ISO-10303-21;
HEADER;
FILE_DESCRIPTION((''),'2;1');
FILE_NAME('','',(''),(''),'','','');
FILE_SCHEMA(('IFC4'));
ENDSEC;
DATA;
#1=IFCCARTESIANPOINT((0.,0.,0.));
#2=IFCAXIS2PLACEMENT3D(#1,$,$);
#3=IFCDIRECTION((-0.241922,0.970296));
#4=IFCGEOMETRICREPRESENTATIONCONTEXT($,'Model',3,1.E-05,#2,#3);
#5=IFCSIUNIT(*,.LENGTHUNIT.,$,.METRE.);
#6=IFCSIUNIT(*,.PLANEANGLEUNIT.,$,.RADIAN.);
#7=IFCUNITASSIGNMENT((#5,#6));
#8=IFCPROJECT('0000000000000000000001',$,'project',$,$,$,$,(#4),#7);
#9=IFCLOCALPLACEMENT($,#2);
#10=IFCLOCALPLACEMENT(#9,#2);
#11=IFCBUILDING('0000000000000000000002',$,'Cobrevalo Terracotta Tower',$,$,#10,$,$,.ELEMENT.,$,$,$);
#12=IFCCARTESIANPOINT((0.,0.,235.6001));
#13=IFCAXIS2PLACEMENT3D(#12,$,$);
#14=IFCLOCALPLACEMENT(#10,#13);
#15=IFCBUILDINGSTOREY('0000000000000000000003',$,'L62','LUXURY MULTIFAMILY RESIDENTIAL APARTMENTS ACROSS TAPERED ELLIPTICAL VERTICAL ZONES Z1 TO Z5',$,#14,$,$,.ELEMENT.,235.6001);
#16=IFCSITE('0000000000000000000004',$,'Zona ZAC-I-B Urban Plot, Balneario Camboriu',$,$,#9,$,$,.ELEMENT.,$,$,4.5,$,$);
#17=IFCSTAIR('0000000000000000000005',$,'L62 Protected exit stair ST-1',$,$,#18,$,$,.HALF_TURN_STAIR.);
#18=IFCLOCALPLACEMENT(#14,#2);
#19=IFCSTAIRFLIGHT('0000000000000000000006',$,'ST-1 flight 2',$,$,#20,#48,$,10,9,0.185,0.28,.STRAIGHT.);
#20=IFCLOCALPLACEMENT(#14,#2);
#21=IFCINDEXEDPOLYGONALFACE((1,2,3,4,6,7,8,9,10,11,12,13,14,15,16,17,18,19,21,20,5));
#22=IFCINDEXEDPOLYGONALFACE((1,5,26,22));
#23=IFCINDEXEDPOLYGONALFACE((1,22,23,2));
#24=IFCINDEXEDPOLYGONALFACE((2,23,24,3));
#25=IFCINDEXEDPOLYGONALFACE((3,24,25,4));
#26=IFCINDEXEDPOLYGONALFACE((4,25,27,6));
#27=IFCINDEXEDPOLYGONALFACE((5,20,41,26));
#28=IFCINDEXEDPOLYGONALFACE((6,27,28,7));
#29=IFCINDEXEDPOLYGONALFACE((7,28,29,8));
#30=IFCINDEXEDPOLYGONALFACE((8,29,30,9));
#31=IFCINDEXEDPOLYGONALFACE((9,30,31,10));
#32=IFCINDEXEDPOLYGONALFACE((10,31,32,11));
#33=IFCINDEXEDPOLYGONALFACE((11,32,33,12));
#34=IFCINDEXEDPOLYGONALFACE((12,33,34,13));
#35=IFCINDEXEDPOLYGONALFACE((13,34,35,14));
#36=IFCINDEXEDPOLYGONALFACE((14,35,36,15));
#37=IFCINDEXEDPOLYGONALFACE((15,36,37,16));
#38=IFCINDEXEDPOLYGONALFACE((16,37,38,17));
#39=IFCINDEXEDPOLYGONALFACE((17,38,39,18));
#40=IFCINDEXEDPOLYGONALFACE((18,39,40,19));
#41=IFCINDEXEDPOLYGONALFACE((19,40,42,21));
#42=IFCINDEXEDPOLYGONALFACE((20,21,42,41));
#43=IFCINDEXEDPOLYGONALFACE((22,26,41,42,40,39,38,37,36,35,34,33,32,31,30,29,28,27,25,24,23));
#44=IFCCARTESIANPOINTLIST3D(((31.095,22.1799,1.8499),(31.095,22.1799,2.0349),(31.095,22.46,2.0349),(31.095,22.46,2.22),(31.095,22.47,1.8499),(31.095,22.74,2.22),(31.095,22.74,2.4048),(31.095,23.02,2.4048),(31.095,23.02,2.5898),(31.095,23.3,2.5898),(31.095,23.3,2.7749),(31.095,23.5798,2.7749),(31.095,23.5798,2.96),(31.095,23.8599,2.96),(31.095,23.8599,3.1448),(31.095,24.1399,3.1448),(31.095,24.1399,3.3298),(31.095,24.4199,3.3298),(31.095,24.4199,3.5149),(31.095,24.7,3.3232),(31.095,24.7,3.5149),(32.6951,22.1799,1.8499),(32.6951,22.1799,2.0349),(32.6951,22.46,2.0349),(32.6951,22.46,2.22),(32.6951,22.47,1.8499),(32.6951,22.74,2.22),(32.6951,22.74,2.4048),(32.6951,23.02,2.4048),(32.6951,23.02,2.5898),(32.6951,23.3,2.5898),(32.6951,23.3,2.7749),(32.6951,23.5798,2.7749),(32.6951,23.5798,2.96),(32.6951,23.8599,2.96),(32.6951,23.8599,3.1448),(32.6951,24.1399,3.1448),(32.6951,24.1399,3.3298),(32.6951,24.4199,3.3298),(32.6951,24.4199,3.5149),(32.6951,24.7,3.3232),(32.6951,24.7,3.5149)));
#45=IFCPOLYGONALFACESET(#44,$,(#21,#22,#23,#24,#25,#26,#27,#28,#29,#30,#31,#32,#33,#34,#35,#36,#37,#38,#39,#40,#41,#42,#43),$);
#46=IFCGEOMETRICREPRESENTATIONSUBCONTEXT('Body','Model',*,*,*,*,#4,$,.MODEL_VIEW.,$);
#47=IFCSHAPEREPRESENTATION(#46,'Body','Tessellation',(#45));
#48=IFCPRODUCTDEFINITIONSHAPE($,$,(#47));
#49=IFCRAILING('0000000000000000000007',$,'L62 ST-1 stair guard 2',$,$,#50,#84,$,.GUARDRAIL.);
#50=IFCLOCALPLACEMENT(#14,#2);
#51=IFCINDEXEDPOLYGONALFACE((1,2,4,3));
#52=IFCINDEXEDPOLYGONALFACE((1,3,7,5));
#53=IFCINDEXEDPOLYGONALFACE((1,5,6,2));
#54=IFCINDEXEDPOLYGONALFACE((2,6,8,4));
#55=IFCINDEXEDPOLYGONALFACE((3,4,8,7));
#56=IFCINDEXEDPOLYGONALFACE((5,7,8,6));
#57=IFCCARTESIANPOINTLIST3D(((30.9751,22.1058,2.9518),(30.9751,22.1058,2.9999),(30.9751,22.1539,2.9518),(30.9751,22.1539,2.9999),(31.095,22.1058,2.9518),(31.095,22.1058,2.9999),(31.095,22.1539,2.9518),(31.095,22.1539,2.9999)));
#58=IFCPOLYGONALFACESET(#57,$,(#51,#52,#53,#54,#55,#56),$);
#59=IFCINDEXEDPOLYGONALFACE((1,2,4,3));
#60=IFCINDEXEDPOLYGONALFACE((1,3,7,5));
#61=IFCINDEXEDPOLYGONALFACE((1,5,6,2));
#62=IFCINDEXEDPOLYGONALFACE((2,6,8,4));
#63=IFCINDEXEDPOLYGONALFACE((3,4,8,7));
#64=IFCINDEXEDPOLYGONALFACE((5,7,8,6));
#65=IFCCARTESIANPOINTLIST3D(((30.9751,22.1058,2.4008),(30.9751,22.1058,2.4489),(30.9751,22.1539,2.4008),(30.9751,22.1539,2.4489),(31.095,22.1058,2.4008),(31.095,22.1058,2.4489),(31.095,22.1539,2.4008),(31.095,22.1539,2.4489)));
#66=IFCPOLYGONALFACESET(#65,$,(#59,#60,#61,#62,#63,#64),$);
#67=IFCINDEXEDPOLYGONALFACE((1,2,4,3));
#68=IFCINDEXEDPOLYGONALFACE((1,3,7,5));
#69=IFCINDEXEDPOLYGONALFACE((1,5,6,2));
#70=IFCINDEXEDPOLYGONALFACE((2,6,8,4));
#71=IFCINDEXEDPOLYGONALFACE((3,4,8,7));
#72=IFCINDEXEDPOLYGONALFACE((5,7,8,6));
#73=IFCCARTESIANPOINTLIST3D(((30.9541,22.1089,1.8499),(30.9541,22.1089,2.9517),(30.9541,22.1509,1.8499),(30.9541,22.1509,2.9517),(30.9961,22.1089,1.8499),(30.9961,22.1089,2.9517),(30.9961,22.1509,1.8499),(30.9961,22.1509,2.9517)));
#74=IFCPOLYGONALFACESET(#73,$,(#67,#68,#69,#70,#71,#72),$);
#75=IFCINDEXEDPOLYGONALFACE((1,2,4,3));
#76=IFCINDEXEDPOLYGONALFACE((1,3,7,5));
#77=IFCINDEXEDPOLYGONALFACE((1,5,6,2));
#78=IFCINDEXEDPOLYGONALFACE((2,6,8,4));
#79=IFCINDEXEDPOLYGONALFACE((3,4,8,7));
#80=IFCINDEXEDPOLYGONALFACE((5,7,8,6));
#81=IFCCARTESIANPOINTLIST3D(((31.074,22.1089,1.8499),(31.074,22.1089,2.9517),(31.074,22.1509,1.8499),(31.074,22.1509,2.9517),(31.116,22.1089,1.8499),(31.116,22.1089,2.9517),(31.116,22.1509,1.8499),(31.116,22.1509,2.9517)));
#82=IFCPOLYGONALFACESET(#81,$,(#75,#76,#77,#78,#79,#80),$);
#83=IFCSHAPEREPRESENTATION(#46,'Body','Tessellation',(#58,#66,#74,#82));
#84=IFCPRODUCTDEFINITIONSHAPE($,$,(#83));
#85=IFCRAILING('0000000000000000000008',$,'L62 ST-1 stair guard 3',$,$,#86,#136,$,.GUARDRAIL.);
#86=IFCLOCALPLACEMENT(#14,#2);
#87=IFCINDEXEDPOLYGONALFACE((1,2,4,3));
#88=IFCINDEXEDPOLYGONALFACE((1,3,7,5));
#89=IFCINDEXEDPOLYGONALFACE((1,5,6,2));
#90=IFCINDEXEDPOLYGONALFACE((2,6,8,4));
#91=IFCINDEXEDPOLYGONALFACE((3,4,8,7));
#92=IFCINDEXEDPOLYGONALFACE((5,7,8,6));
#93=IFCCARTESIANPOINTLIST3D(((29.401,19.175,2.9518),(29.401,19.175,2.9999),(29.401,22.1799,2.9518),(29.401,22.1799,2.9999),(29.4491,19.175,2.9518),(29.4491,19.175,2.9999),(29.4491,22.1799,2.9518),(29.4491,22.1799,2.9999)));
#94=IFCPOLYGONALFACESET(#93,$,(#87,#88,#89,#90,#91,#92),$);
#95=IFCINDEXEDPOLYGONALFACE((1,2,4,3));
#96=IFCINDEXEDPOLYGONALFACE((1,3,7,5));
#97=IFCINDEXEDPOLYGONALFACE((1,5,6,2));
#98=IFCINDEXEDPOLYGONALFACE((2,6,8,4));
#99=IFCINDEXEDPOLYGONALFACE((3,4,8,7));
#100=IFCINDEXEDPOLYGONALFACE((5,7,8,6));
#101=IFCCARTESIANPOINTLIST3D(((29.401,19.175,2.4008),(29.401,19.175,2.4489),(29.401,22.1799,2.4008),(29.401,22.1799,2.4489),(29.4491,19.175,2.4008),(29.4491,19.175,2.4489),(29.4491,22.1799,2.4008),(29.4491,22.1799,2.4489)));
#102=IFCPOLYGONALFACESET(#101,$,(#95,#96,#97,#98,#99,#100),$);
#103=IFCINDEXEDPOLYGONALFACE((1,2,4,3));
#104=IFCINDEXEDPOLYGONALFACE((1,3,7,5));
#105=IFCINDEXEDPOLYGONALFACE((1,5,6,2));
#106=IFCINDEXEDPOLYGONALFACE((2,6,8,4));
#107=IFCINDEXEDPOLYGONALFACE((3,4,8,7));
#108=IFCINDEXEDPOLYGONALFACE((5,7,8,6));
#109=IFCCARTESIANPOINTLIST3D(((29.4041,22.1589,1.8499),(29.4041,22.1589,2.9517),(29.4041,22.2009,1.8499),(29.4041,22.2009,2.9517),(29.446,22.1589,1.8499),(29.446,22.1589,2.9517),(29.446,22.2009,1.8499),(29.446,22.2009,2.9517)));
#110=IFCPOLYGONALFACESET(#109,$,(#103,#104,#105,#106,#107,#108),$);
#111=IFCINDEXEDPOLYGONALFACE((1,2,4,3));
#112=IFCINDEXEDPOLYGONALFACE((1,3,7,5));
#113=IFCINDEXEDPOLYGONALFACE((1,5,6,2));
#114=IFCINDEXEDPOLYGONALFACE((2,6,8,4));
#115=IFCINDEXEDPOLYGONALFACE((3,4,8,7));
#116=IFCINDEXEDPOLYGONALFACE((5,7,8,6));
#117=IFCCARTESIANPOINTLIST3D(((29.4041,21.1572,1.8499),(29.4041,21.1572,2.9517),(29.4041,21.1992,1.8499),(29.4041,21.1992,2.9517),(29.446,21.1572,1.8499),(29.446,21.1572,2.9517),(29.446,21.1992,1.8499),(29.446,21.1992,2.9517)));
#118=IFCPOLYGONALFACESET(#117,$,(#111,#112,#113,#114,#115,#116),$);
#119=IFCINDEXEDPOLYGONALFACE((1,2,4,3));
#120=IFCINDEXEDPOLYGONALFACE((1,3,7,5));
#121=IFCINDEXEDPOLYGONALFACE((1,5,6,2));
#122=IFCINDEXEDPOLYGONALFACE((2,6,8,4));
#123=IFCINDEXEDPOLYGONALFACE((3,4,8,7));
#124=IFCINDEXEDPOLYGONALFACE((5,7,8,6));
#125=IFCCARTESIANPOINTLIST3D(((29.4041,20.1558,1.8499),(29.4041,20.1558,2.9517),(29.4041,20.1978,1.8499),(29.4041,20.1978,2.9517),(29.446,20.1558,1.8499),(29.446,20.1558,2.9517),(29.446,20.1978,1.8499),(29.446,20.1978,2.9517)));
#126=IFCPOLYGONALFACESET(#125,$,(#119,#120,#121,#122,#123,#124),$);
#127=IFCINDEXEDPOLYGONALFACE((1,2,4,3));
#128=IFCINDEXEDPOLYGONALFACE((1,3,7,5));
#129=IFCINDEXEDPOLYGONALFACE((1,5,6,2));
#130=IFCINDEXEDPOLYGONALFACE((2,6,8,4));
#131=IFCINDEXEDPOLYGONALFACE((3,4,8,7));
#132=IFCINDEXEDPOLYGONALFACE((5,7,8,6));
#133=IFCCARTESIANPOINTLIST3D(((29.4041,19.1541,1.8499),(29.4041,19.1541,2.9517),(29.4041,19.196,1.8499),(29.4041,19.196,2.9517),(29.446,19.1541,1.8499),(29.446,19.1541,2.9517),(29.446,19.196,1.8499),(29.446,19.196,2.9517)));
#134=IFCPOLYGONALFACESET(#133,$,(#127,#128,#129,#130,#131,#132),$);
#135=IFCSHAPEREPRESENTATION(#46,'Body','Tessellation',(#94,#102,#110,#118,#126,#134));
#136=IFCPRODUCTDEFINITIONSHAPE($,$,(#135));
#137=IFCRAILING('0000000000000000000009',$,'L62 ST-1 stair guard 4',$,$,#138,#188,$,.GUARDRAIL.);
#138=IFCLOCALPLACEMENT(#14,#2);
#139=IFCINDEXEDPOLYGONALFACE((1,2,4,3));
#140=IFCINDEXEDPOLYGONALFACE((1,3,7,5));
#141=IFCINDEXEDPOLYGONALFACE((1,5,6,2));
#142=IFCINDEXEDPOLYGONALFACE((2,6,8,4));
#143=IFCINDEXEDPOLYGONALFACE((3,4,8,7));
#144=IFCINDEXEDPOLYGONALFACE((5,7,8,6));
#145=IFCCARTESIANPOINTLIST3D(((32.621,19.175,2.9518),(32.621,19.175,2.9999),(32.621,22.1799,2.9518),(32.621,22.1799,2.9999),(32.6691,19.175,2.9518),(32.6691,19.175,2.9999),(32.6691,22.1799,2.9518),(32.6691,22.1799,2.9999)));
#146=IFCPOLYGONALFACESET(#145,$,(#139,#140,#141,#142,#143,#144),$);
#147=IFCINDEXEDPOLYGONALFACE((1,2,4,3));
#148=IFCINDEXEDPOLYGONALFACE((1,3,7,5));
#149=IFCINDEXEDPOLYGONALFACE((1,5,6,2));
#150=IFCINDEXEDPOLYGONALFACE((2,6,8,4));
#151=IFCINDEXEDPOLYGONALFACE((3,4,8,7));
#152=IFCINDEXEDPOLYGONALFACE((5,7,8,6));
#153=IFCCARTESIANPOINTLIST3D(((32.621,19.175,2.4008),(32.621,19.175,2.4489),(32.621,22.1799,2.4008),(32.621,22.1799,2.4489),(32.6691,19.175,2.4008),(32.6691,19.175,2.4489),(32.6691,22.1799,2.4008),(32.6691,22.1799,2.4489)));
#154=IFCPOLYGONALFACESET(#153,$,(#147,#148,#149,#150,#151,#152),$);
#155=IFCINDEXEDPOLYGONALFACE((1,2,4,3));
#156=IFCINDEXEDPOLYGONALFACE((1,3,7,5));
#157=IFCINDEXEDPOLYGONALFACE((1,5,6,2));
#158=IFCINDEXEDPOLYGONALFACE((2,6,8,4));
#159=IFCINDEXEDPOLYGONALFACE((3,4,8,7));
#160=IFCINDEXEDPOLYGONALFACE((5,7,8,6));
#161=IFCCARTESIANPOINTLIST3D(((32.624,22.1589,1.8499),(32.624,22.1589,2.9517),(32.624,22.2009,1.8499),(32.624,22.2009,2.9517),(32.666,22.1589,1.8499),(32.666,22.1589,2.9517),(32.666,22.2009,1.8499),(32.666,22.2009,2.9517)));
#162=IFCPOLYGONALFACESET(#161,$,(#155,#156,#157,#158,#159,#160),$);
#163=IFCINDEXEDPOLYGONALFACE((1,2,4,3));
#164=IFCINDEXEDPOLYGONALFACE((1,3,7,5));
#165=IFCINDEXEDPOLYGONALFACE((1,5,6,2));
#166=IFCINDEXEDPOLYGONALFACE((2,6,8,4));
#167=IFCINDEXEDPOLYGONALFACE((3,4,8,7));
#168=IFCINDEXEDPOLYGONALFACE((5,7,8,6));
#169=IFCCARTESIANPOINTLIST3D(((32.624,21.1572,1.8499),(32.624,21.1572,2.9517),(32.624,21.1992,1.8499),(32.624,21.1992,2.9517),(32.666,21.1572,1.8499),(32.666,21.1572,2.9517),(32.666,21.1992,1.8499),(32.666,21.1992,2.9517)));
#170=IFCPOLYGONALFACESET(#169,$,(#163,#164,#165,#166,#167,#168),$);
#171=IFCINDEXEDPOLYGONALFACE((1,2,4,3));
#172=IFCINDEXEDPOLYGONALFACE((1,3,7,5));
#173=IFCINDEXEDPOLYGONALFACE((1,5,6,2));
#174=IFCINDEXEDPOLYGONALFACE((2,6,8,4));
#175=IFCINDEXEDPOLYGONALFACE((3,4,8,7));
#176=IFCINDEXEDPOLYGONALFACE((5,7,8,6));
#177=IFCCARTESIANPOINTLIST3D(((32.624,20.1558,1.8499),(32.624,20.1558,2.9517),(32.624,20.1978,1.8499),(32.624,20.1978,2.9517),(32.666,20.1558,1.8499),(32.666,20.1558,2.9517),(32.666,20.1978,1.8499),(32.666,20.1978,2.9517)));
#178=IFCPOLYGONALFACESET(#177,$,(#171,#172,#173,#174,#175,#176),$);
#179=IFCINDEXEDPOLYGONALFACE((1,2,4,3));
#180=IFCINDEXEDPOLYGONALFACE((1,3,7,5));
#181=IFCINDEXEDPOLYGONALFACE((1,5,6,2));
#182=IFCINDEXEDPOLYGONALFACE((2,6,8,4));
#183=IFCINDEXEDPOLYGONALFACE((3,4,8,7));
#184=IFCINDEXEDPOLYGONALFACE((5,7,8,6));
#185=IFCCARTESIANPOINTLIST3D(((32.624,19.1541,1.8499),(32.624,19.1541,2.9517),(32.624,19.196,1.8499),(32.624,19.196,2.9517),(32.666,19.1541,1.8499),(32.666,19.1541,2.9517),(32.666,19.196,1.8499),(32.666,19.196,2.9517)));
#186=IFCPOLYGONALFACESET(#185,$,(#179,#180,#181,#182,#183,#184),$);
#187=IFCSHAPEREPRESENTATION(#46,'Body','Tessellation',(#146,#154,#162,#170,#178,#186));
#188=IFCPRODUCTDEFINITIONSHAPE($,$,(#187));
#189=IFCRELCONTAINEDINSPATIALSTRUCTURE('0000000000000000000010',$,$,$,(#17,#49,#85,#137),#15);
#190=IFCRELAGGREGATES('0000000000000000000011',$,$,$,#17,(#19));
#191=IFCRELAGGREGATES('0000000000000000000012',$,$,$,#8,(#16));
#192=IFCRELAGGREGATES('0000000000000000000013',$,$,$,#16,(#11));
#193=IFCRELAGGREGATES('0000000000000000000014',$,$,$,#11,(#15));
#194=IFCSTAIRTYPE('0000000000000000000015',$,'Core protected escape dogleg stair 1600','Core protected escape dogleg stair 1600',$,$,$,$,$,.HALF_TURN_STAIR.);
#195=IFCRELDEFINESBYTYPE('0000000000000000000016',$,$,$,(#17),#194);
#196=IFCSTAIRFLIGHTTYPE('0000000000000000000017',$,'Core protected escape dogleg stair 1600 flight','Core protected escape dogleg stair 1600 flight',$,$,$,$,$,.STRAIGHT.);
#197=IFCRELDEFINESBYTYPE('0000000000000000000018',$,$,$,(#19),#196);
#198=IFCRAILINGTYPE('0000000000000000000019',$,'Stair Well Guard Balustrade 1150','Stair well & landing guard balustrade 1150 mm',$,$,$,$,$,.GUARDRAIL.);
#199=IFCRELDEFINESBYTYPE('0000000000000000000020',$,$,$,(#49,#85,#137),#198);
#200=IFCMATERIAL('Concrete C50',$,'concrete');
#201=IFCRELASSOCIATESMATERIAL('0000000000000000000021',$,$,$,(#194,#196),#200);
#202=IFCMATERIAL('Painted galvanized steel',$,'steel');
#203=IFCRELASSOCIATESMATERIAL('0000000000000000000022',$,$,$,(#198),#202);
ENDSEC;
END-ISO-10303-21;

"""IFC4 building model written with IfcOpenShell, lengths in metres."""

from ifc_helpers import new_model, si_unit, direction, frame, origin, origin_2d, place, context, subcontext, project, spatial, polyline, rectangle, outline, extrude, material, type_object, element, aggregate, save


model = new_model("IFC4")

# Units and contexts
model_context = context("Model", 3, precision=1e-05, world=origin(), true_north=direction((-0.241922, 0.970296)))
body_context = subcontext(model_context, "Body", "Model", "MODEL_VIEW")
ifc_project = project(units=[si_unit("LENGTHUNIT", "METRE"), si_unit("PLANEANGLEUNIT", "RADIAN")], contexts=[model_context])

# Site, building, storey
site_placement = place(None, origin())
site = spatial("IfcSite", under=ifc_project, at=site_placement, Name="Zona ZAC-I-B Urban Plot, Balneario Camboriu", CompositionType="ELEMENT", RefElevation=4.5)
building_placement = place(site_placement, origin())
building = spatial("IfcBuilding", under=site, at=building_placement, Name="Cobrevalo Terracotta Tower", CompositionType="ELEMENT")
storey_placement = place(building_placement, frame((0.0, 0.0, 235.6001)))
storey = spatial("IfcBuildingStorey", under=building, at=storey_placement, Name="L62", Description="LUXURY MULTIFAMILY RESIDENTIAL APARTMENTS ACROSS TAPERED ELLIPTICAL VERTICAL ZONES Z1 TO Z5", CompositionType="ELEMENT", Elevation=235.6001)

# Shared definitions
ifc_material_1 = material(Name="Concrete C50", Category="concrete")

# Stair, stair flight
stair_type = type_object("IfcStairType", Name="Core protected escape dogleg stair 1600", Description="Core protected escape dogleg stair 1600", PredefinedType="HALF_TURN_STAIR", material=ifc_material_1)
stair_placement = place(storey_placement, origin())
stair = element("IfcStair", 1, at=stair_placement, inside=storey, type_object=stair_type, Name="L62 Protected exit stair ST-1", PredefinedType="HALF_TURN_STAIR")
stair_flight_type = type_object("IfcStairFlightType", Name="Core protected escape dogleg stair 1600 flight", Description="Core protected escape dogleg stair 1600 flight", PredefinedType="STRAIGHT", material=ifc_material_1)
stair_flight_placement = place(storey_placement, frame((31.895, 22.1799, 1.8499), z_axis=(0.0, 0.0, 1.0), x_axis=(0.0, 1.0, 0.0)))
stair_flight = element("IfcStairFlight", 2, at=stair_flight_placement, type_object=stair_flight_type, Name="ST-1 flight 2", NumberOfRisers=10, NumberOfTreads=9, PredefinedType="STRAIGHT", RiserHeight=0.185, TreadLength=0.28, context=body_context, shape_type="SweptSolid", body=[
    extrude(outline(polyline([(0.0, 0.0), (0.0, 0.1851), (0.28, 0.1851), (0.28, 0.3701), (0.5601, 0.3701), (0.5601, 0.5549), (0.8401, 0.5549), (0.8401, 0.74), (1.1201, 0.74), (1.1201, 0.925), (1.3999, 0.925), (1.3999, 1.1101), (1.6799, 1.1101), (1.6799, 1.2949), (1.96, 1.2949), (1.96, 1.48), (2.24, 1.48), (2.24, 1.665), (2.52, 1.665), (2.52, 1.8501), (2.52, 1.4734), (0.29, 0.0), (0.0, 0.0)])), frame((0.0, 0.8, 0.0), z_axis=(0.0, -1.0, 0.0), x_axis=(1.0, 0.0, 0.0)), (0.0, 0.0, 1.0), 1.6001),
])
aggregate(stair, [stair_flight])

# Railings
ifc_material_2 = material(Name="Painted galvanized steel", Category="steel")
railing_type = type_object("IfcRailingType", Name="Stair Well Guard Balustrade 1150", Description="Stair well & landing guard balustrade 1150 mm", PredefinedType="GUARDRAIL", material=ifc_material_2)
railing_1_placement = place(storey_placement, frame((30.9751, 22.1299, 1.8499)))
element("IfcRailing", 3, at=railing_1_placement, inside=storey, type_object=railing_type, Name="L62 ST-1 stair guard 2", PredefinedType="GUARDRAIL", context=body_context, shape_type="SweptSolid", body=[
    extrude(rectangle(XDim=0.0481, YDim=0.0481, at=origin_2d()), frame((0.0, 0.0, 1.126), z_axis=(1.0, 0.0, 0.0), x_axis=(0.0, 1.0, 0.0)), (0.0, 0.0, 1.0), 0.1199),
    extrude(rectangle(XDim=0.0481, YDim=0.0481, at=origin_2d()), frame((0.0, 0.0, 0.575), z_axis=(1.0, 0.0, 0.0), x_axis=(0.0, 1.0, 0.0)), (0.0, 0.0, 1.0), 0.1199),
    extrude(rectangle(XDim=0.042, YDim=0.042, at=origin_2d()), origin(), (0.0, 0.0, 1.0), 1.1018),
    extrude(rectangle(XDim=0.042, YDim=0.042, at=origin_2d()), frame((0.1199, 0.0, 0.0)), (0.0, 0.0, 1.0), 1.1018),
])
for number, where, name in (
    (4, (29.425, 22.1799, 1.8499), "L62 ST-1 stair guard 3"),
    (5, (32.645, 22.1799, 1.8499), "L62 ST-1 stair guard 4"),
):
    element("IfcRailing", number, at=place(storey_placement, frame(where)), inside=storey, type_object=railing_type, Name=name, PredefinedType="GUARDRAIL", context=body_context, shape_type="SweptSolid", body=[
        extrude(rectangle(XDim=0.0481, YDim=0.0481, at=origin_2d()), frame((0.0, 0.0, 1.126), z_axis=(0.0, -1.0, 0.0), x_axis=(1.0, 0.0, 0.0)), (0.0, 0.0, 1.0), 3.0049),
        extrude(rectangle(XDim=0.0481, YDim=0.0481, at=origin_2d()), frame((0.0, 0.0, 0.575), z_axis=(0.0, -1.0, 0.0), x_axis=(1.0, 0.0, 0.0)), (0.0, 0.0, 1.0), 3.0049),
        extrude(rectangle(XDim=0.042, YDim=0.042, at=origin_2d()), origin(), (0.0, 0.0, 1.0), 1.1018),
        extrude(rectangle(XDim=0.042, YDim=0.042, at=origin_2d()), frame((0.0, -1.0017, 0.0)), (0.0, 0.0, 1.0), 1.1018),
        extrude(rectangle(XDim=0.042, YDim=0.042, at=origin_2d()), frame((0.0, -2.0032, 0.0)), (0.0, 0.0, 1.0), 1.1018),
        extrude(rectangle(XDim=0.042, YDim=0.042, at=origin_2d()), frame((0.0, -3.0049, 0.0)), (0.0, 0.0, 1.0), 1.1018),
    ])

save(model, "model.ifc")
